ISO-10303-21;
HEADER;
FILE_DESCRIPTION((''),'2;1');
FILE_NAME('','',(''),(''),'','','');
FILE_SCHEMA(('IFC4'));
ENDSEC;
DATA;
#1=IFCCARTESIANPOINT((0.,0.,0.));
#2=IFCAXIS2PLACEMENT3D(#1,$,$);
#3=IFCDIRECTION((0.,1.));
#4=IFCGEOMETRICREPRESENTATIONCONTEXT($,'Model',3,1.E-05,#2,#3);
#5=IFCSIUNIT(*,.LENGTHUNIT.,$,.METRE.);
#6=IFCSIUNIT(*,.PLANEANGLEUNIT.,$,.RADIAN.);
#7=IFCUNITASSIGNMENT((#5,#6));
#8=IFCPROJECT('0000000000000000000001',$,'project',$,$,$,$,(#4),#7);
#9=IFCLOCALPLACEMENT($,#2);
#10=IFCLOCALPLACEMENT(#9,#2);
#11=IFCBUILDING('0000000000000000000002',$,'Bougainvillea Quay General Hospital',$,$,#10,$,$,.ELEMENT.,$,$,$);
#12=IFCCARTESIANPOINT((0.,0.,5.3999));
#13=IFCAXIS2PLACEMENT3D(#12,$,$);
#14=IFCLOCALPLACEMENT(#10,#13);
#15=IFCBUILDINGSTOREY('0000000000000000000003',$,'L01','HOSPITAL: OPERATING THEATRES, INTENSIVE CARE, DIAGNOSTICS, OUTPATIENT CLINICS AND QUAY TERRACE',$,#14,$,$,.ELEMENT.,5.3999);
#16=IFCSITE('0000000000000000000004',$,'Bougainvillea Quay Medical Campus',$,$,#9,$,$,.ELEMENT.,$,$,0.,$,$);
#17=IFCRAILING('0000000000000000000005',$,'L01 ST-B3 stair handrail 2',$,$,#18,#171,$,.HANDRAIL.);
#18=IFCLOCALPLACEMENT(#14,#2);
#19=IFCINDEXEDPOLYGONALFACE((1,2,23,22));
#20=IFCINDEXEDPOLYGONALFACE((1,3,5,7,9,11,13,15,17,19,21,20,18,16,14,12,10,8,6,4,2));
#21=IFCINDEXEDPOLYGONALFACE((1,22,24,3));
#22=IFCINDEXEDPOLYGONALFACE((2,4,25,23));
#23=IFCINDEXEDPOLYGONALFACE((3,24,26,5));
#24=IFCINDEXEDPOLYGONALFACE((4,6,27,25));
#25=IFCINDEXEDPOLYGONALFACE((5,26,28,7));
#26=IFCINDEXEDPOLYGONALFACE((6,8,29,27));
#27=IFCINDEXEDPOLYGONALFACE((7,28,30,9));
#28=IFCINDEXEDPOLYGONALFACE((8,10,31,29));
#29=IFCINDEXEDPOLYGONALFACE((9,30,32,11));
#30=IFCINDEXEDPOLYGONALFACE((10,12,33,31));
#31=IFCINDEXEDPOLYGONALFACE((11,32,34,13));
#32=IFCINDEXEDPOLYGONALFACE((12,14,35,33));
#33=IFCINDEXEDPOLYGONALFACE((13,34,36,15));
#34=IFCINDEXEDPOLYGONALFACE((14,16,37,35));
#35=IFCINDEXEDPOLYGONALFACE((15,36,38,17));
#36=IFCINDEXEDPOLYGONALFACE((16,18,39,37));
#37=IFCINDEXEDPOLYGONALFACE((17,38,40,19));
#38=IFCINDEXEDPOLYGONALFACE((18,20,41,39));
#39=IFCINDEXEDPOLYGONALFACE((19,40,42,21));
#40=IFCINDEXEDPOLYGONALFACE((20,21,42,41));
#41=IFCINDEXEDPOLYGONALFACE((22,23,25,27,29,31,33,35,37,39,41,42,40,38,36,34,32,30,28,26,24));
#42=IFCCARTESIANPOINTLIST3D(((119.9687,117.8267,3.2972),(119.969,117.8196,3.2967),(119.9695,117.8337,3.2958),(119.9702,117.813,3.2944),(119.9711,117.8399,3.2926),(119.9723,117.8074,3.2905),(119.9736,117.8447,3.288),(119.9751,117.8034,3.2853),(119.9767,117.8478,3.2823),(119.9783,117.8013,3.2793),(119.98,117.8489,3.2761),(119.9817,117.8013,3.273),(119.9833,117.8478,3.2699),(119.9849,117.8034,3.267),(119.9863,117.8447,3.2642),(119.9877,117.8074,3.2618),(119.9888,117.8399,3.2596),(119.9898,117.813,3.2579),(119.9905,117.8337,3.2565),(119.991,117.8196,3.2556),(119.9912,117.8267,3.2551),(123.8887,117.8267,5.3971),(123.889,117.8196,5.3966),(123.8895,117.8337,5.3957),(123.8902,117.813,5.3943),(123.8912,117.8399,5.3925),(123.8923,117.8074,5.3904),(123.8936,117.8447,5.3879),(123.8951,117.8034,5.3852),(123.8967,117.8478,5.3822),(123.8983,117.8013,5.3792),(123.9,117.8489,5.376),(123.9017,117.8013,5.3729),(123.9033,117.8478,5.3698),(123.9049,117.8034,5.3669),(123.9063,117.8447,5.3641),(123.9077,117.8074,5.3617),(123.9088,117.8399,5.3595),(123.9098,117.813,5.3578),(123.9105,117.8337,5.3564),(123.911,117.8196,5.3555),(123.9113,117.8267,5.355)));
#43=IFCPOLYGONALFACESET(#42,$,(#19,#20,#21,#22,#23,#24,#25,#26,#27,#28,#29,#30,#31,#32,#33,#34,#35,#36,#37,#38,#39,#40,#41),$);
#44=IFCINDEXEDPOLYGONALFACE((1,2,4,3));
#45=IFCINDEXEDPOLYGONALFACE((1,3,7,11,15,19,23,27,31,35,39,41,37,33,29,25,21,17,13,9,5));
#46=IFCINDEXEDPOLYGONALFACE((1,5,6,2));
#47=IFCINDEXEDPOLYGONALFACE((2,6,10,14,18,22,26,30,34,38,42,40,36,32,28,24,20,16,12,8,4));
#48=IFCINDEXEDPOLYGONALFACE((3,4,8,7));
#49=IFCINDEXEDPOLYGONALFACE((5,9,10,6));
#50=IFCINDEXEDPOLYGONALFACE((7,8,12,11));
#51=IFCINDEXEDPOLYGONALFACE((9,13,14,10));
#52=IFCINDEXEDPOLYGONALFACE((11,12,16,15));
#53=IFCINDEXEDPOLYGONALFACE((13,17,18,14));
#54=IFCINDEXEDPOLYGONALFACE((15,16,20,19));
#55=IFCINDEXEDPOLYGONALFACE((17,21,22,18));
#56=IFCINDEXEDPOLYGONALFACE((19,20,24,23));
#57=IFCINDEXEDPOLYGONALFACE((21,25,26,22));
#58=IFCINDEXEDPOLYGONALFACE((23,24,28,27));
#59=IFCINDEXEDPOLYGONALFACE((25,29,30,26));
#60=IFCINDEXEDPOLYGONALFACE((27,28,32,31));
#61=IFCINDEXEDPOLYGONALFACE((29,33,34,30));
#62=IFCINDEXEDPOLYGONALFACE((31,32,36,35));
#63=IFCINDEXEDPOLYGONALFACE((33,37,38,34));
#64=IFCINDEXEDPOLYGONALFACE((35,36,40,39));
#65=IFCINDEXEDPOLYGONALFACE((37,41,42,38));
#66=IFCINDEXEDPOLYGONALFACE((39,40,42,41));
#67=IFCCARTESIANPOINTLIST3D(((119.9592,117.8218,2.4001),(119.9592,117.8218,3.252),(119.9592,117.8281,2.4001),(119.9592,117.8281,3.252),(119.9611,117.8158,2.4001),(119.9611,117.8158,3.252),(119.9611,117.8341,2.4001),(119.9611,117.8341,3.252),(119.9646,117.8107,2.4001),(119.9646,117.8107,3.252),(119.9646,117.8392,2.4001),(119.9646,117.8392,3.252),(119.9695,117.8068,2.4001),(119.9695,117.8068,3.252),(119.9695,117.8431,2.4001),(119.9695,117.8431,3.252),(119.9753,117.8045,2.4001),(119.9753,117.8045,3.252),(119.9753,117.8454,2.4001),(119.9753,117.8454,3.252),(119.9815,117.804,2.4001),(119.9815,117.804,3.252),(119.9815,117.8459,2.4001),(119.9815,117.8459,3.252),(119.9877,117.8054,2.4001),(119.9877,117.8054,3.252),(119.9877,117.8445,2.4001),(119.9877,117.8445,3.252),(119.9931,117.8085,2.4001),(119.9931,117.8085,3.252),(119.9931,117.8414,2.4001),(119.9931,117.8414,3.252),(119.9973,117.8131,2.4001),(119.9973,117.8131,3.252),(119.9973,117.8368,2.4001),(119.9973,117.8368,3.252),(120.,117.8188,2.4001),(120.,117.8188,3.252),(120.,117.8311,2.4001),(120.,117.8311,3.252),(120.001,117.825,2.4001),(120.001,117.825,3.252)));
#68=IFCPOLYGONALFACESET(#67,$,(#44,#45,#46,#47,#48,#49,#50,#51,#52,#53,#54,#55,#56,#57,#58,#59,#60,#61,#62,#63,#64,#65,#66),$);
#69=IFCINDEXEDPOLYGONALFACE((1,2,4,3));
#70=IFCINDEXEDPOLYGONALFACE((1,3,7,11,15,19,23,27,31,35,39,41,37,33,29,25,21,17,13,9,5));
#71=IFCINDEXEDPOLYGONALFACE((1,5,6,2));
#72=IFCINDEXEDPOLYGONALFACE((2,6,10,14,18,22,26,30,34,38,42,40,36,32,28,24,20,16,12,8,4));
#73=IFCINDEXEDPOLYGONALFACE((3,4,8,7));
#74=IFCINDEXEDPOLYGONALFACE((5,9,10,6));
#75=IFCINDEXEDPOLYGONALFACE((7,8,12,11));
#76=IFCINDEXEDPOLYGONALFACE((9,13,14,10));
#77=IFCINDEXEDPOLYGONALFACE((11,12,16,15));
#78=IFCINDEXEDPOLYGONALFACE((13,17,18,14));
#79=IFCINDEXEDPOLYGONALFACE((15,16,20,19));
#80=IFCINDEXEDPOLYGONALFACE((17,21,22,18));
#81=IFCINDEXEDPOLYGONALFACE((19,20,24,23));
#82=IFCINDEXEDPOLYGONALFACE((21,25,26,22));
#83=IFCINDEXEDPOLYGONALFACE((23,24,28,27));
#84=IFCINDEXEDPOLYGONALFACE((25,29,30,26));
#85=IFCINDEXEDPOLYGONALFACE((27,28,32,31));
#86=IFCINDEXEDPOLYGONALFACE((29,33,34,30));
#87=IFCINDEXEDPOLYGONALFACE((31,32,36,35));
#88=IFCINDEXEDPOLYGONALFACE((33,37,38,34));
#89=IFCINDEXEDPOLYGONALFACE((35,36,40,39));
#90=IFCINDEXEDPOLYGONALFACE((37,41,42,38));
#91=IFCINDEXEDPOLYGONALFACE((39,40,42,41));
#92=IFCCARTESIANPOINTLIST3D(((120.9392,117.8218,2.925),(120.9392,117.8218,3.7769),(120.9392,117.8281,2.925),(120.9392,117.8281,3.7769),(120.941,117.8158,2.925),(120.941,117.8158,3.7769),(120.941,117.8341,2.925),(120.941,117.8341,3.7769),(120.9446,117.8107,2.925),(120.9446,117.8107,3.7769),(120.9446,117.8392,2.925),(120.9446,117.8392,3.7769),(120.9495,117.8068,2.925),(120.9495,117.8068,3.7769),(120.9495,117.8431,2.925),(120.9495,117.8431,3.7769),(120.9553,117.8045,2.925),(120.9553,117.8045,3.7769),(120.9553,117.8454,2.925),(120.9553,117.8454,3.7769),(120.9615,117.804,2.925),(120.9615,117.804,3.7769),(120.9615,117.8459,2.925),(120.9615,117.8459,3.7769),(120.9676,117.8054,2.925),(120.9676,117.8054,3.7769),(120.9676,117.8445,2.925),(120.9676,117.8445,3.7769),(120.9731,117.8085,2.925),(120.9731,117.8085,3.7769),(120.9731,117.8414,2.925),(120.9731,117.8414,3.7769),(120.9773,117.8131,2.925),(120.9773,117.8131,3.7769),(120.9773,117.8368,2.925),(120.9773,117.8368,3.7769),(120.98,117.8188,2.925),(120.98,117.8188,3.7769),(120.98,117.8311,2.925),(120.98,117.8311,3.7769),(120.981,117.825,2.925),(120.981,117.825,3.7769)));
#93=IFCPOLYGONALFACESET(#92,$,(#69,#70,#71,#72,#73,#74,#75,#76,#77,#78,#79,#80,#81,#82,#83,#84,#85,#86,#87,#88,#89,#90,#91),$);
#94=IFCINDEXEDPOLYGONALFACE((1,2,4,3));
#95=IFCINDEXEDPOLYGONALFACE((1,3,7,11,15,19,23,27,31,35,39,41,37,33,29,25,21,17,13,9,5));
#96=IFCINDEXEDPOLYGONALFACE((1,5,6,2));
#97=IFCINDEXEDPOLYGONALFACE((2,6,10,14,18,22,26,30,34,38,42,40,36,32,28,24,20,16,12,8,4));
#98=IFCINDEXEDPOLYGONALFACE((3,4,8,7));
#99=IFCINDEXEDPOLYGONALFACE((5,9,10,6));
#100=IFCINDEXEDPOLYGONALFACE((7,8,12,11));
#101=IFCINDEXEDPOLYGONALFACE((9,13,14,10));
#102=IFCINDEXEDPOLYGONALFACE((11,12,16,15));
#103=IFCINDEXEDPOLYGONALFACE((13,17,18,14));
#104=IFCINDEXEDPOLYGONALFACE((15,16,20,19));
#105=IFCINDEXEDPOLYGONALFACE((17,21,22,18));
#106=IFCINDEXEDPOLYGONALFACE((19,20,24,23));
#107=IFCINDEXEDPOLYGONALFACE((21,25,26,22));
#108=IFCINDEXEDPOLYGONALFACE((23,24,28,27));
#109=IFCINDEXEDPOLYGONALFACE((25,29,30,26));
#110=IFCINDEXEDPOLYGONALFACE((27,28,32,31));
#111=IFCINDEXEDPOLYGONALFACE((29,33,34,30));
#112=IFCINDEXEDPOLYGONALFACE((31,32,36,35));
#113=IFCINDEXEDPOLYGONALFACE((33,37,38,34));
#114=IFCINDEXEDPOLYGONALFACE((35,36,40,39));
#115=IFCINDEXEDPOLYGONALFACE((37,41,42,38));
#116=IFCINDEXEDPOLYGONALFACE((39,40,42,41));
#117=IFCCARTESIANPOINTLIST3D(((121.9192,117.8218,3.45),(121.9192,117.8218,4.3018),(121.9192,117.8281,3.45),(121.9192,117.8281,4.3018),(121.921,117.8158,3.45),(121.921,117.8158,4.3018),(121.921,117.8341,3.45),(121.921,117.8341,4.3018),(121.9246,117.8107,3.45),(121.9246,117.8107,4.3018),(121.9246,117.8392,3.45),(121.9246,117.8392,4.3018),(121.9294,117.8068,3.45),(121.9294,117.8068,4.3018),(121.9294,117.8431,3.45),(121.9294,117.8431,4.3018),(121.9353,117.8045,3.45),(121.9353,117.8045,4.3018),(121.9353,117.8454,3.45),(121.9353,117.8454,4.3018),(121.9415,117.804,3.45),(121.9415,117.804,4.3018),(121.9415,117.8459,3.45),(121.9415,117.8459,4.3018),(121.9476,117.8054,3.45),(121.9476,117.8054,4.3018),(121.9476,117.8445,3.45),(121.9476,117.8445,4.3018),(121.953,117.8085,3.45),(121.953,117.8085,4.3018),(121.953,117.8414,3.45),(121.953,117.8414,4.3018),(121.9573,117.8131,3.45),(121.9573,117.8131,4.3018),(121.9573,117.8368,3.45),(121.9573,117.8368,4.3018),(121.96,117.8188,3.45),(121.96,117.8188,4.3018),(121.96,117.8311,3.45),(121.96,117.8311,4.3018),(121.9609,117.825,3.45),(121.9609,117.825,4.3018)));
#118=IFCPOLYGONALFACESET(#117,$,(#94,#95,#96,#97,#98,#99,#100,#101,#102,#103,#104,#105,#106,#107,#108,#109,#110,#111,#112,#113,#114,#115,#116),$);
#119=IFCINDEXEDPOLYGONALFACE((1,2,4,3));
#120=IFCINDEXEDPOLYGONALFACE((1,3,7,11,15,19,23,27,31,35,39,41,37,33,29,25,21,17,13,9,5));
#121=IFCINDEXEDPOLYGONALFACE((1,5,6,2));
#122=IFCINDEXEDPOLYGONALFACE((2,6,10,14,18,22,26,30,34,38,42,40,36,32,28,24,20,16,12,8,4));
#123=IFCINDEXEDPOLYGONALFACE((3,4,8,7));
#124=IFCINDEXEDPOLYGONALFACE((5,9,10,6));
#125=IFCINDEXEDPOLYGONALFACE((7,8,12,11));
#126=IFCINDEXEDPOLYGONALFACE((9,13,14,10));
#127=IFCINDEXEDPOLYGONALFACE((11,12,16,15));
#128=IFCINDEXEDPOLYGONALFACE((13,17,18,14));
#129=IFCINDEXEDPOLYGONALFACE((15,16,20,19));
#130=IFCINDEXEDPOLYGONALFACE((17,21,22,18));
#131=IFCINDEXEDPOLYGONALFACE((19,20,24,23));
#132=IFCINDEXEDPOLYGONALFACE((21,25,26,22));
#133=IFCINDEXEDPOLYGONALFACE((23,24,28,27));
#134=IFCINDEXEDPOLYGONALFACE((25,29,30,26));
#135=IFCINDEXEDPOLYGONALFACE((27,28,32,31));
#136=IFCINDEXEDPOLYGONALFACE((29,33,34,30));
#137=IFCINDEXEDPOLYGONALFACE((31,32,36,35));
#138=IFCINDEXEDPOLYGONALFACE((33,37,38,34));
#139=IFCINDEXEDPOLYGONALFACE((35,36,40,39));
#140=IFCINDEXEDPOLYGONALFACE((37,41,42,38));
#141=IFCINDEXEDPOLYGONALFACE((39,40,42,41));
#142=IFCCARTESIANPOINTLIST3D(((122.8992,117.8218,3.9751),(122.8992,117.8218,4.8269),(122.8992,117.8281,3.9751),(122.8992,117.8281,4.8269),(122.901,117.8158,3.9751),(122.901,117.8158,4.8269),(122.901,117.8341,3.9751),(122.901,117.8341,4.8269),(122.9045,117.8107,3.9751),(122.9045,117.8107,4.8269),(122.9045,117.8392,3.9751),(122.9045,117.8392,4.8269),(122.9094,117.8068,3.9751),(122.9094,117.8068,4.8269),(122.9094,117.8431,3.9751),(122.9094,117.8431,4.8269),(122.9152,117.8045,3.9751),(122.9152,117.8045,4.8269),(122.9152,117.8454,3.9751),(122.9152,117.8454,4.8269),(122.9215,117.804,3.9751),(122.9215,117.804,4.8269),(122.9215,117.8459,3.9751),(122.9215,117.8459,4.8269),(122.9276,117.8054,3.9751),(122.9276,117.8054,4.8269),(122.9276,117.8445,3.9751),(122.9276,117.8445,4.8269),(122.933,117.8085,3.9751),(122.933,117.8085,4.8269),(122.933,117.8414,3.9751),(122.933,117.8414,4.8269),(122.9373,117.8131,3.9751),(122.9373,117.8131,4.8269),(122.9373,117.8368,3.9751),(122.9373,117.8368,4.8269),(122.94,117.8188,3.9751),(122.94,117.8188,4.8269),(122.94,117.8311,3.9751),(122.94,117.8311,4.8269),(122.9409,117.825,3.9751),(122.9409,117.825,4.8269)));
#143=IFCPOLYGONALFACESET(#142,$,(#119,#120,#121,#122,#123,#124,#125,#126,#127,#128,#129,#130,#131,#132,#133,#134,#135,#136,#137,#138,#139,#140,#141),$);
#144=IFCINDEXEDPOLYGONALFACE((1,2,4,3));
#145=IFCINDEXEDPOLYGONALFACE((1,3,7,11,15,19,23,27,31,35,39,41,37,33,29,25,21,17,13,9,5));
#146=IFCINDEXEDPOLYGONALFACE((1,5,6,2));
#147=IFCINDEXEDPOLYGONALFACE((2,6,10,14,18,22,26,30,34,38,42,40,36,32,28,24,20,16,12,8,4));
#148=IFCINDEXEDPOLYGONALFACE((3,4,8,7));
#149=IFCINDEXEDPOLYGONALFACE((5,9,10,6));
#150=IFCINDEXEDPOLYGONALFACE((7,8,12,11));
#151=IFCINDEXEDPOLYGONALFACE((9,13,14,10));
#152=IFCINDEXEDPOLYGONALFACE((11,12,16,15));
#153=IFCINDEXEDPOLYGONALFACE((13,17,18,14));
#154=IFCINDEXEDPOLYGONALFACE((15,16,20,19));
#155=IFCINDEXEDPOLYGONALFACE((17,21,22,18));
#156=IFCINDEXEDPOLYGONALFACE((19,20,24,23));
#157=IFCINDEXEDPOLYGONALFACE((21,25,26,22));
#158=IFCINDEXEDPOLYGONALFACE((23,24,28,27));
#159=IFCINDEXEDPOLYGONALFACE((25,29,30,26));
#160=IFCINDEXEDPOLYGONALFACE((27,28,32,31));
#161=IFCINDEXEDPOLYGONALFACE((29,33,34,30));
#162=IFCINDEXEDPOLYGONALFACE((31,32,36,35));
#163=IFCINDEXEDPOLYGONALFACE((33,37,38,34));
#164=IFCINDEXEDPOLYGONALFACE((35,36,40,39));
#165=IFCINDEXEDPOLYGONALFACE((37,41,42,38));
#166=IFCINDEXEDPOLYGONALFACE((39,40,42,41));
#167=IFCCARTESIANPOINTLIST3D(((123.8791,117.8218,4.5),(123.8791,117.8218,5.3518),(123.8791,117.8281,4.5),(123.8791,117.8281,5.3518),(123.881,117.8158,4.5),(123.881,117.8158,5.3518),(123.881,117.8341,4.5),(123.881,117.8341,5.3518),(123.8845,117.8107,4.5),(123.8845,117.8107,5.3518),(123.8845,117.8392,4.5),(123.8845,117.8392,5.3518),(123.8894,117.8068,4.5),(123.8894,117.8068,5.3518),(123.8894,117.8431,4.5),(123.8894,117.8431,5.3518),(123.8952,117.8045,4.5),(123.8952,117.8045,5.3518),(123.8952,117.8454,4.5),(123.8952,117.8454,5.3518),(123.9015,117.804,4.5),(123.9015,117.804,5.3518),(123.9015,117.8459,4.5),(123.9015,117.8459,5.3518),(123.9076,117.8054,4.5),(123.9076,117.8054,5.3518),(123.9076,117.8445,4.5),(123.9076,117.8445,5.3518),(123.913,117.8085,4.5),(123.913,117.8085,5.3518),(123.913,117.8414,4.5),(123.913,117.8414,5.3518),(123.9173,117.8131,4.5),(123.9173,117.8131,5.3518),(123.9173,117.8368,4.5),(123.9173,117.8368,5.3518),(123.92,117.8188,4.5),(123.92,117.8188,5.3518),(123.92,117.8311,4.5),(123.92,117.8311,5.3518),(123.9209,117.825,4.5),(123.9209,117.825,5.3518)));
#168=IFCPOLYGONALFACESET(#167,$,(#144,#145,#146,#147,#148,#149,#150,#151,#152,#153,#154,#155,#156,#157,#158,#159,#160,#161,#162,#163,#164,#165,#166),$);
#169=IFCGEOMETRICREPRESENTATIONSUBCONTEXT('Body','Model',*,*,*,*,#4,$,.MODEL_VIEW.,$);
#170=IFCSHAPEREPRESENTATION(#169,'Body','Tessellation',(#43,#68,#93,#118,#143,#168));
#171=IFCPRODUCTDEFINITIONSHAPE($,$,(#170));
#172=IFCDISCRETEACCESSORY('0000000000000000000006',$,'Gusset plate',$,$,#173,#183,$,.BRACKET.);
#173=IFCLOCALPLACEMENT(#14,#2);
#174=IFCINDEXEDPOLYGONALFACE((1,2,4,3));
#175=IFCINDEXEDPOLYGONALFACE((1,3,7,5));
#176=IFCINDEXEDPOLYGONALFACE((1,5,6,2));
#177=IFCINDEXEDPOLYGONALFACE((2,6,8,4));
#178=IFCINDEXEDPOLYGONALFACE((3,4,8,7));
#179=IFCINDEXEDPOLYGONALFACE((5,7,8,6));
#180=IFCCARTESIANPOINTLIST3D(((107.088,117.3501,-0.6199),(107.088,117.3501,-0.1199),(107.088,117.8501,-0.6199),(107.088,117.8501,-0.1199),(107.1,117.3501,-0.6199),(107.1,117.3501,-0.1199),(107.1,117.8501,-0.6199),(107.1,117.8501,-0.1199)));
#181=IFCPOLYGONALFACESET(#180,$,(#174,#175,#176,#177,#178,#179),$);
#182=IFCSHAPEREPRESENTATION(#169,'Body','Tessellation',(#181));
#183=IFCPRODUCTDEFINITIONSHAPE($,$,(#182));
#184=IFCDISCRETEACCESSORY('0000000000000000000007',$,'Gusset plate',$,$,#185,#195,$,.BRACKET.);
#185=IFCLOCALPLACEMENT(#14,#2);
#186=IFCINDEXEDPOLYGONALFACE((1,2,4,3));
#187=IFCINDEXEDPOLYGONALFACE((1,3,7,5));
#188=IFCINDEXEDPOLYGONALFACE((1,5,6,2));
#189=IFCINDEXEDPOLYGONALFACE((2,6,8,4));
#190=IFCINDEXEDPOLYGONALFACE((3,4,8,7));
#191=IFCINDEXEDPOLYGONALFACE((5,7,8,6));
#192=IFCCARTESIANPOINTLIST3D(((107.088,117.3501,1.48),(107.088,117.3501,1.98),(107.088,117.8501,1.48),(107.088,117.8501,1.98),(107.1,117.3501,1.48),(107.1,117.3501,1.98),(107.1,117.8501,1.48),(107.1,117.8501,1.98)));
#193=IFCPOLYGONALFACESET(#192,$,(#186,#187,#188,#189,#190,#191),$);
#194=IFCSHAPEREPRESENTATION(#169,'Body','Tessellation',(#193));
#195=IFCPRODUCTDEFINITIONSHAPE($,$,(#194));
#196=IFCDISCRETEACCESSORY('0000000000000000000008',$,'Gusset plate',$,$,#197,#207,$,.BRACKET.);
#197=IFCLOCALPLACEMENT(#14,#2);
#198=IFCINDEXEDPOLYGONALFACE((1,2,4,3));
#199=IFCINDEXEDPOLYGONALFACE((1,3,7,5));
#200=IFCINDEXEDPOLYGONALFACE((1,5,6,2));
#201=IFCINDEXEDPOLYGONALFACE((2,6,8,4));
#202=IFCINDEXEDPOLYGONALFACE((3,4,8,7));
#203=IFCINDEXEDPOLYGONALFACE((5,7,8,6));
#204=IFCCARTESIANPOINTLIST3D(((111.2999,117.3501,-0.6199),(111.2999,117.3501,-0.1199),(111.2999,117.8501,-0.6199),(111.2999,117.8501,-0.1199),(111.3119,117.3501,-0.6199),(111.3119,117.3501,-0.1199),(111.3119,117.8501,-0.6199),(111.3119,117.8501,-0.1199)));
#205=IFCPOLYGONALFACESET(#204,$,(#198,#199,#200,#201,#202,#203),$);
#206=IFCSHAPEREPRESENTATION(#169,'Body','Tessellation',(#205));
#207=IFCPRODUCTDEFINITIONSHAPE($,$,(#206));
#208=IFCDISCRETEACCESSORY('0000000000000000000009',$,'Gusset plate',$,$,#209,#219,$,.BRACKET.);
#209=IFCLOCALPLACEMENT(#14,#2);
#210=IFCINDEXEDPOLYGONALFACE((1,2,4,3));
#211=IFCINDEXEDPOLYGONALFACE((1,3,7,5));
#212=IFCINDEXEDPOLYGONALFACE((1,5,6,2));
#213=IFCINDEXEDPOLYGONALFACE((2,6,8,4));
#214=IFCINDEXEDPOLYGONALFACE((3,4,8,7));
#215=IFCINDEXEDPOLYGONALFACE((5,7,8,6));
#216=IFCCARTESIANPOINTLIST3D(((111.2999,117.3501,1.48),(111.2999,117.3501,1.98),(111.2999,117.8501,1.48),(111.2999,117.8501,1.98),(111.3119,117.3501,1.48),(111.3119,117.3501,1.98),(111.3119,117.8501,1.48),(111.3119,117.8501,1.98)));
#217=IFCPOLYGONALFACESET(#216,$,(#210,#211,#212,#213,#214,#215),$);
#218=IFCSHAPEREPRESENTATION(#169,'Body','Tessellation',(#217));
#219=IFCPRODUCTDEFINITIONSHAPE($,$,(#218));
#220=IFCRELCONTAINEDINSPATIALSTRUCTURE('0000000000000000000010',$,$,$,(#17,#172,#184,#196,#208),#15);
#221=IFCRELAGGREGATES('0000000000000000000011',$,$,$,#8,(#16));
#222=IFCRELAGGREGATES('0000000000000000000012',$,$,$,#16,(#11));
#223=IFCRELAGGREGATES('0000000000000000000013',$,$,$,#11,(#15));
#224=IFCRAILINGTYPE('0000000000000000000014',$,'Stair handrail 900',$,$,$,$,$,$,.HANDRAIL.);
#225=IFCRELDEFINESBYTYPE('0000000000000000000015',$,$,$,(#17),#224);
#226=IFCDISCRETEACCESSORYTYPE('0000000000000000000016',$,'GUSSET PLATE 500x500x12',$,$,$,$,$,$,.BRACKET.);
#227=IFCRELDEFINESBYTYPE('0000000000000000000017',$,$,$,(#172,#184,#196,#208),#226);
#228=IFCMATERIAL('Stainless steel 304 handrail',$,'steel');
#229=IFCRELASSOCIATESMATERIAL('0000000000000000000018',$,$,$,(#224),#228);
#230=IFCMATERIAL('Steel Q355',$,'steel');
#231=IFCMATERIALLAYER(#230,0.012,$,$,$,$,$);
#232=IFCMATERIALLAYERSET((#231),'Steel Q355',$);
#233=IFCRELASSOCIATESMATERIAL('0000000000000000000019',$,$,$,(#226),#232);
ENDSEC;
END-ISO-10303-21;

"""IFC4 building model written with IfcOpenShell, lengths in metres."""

from ifc_helpers import new_model, si_unit, direction, frame, origin, origin_2d, place, context, subcontext, project, spatial, rectangle, circle, extrude, material, layer, layer_set, type_object, element, save


model = new_model("IFC4")

# Units and contexts
model_context = context("Model", 3, precision=1e-05, world=origin(), true_north=direction((0.0, 1.0)))
body_context = subcontext(model_context, "Body", "Model", "MODEL_VIEW")
ifc_project = project(units=[si_unit("LENGTHUNIT", "METRE"), si_unit("PLANEANGLEUNIT", "RADIAN")], contexts=[model_context])

# Site, building, storey
site_placement = place(None, origin())
site = spatial("IfcSite", under=ifc_project, at=site_placement, Name="Bougainvillea Quay Medical Campus", CompositionType="ELEMENT", RefElevation=0.0)
building_placement = place(site_placement, origin())
building = spatial("IfcBuilding", under=site, at=building_placement, Name="Bougainvillea Quay General Hospital", CompositionType="ELEMENT")
storey_placement = place(building_placement, frame((0.0, 0.0, 5.3999)))
storey = spatial("IfcBuildingStorey", under=building, at=storey_placement, Name="L01", Description="HOSPITAL: OPERATING THEATRES, INTENSIVE CARE, DIAGNOSTICS, OUTPATIENT CLINICS AND QUAY TERRACE", CompositionType="ELEMENT", Elevation=5.3999)

# Shared definitions
ifc_material_1 = material(Name="Steel Q355", Category="steel")

# Railing
ifc_material_2 = material(Name="Stainless steel 304 handrail", Category="steel")
railing_type = type_object("IfcRailingType", Name="Stair handrail 900", PredefinedType="HANDRAIL", material=ifc_material_2)
railing_placement = place(storey_placement, frame((119.98, 117.825, 2.4001)))
element("IfcRailing", 1, at=railing_placement, inside=storey, type_object=railing_type, Name="L01 ST-B3 stair handrail 2", PredefinedType="HANDRAIL", context=body_context, shape_type="SweptSolid", body=[
    extrude(circle(Radius=0.0239, at=origin_2d()), frame((0.0, 0.0, 0.876), z_axis=(0.88149, 0.0, 0.472203), x_axis=(0.0, 1.0, 0.0)), (0.0, 0.0, 1.0), 4.447),
    extrude(circle(Radius=0.021, at=origin_2d()), origin(), (0.0, 0.0, 1.0), 0.8518),
    extrude(circle(Radius=0.021, at=origin_2d()), frame((0.98, 0.0, 0.5249)), (0.0, 0.0, 1.0), 0.8518),
    extrude(circle(Radius=0.021, at=origin_2d()), frame((1.96, 0.0, 1.0498)), (0.0, 0.0, 1.0), 0.8518),
    extrude(circle(Radius=0.021, at=origin_2d()), frame((2.9399, 0.0, 1.575)), (0.0, 0.0, 1.0), 0.8518),
    extrude(circle(Radius=0.021, at=origin_2d()), frame((3.9199, 0.0, 2.0999)), (0.0, 0.0, 1.0), 0.8518),
])

# Discrete accessories
ifc_layer_1 = layer(ifc_material_1, 0.012)
ifc_layer_set_1 = layer_set([ifc_layer_1], Name="Steel Q355")
discrete_accessory_type_1 = type_object("IfcDiscreteAccessoryType", Name="GUSSET PLATE 500x500x12", PredefinedType="BRACKET", material=ifc_layer_set_1)
for number, where, z_axis, x_axis, name in (
    (2, (107.094, 117.6001, -0.6199), (0.0, 0.0, 1.0), (0.0, 1.0, 0.0), "Gusset plate"),
    (3, (107.094, 117.6001, 1.48), (0.0, 0.0, 1.0), (0.0, 1.0, 0.0), "Gusset plate"),
    (4, (111.3059, 117.6001, -0.6199), (0.0, 0.0, 1.0), (0.0, 1.0, 0.0), "Gusset plate"),
    (5, (111.3059, 117.6001, 1.48), (0.0, 0.0, 1.0), (0.0, 1.0, 0.0), "Gusset plate"),
):
    element("IfcDiscreteAccessory", number, at=place(storey_placement, frame(where, z_axis=z_axis, x_axis=x_axis)), inside=storey, type_object=discrete_accessory_type_1, Name=name, PredefinedType="BRACKET", context=body_context, shape_type="SweptSolid", body=[
        extrude(rectangle(XDim=0.5, YDim=0.012, at=origin_2d()), origin(), (0.0, 0.0, 1.0), 0.5),
    ])

save(model, "model.ifc")
